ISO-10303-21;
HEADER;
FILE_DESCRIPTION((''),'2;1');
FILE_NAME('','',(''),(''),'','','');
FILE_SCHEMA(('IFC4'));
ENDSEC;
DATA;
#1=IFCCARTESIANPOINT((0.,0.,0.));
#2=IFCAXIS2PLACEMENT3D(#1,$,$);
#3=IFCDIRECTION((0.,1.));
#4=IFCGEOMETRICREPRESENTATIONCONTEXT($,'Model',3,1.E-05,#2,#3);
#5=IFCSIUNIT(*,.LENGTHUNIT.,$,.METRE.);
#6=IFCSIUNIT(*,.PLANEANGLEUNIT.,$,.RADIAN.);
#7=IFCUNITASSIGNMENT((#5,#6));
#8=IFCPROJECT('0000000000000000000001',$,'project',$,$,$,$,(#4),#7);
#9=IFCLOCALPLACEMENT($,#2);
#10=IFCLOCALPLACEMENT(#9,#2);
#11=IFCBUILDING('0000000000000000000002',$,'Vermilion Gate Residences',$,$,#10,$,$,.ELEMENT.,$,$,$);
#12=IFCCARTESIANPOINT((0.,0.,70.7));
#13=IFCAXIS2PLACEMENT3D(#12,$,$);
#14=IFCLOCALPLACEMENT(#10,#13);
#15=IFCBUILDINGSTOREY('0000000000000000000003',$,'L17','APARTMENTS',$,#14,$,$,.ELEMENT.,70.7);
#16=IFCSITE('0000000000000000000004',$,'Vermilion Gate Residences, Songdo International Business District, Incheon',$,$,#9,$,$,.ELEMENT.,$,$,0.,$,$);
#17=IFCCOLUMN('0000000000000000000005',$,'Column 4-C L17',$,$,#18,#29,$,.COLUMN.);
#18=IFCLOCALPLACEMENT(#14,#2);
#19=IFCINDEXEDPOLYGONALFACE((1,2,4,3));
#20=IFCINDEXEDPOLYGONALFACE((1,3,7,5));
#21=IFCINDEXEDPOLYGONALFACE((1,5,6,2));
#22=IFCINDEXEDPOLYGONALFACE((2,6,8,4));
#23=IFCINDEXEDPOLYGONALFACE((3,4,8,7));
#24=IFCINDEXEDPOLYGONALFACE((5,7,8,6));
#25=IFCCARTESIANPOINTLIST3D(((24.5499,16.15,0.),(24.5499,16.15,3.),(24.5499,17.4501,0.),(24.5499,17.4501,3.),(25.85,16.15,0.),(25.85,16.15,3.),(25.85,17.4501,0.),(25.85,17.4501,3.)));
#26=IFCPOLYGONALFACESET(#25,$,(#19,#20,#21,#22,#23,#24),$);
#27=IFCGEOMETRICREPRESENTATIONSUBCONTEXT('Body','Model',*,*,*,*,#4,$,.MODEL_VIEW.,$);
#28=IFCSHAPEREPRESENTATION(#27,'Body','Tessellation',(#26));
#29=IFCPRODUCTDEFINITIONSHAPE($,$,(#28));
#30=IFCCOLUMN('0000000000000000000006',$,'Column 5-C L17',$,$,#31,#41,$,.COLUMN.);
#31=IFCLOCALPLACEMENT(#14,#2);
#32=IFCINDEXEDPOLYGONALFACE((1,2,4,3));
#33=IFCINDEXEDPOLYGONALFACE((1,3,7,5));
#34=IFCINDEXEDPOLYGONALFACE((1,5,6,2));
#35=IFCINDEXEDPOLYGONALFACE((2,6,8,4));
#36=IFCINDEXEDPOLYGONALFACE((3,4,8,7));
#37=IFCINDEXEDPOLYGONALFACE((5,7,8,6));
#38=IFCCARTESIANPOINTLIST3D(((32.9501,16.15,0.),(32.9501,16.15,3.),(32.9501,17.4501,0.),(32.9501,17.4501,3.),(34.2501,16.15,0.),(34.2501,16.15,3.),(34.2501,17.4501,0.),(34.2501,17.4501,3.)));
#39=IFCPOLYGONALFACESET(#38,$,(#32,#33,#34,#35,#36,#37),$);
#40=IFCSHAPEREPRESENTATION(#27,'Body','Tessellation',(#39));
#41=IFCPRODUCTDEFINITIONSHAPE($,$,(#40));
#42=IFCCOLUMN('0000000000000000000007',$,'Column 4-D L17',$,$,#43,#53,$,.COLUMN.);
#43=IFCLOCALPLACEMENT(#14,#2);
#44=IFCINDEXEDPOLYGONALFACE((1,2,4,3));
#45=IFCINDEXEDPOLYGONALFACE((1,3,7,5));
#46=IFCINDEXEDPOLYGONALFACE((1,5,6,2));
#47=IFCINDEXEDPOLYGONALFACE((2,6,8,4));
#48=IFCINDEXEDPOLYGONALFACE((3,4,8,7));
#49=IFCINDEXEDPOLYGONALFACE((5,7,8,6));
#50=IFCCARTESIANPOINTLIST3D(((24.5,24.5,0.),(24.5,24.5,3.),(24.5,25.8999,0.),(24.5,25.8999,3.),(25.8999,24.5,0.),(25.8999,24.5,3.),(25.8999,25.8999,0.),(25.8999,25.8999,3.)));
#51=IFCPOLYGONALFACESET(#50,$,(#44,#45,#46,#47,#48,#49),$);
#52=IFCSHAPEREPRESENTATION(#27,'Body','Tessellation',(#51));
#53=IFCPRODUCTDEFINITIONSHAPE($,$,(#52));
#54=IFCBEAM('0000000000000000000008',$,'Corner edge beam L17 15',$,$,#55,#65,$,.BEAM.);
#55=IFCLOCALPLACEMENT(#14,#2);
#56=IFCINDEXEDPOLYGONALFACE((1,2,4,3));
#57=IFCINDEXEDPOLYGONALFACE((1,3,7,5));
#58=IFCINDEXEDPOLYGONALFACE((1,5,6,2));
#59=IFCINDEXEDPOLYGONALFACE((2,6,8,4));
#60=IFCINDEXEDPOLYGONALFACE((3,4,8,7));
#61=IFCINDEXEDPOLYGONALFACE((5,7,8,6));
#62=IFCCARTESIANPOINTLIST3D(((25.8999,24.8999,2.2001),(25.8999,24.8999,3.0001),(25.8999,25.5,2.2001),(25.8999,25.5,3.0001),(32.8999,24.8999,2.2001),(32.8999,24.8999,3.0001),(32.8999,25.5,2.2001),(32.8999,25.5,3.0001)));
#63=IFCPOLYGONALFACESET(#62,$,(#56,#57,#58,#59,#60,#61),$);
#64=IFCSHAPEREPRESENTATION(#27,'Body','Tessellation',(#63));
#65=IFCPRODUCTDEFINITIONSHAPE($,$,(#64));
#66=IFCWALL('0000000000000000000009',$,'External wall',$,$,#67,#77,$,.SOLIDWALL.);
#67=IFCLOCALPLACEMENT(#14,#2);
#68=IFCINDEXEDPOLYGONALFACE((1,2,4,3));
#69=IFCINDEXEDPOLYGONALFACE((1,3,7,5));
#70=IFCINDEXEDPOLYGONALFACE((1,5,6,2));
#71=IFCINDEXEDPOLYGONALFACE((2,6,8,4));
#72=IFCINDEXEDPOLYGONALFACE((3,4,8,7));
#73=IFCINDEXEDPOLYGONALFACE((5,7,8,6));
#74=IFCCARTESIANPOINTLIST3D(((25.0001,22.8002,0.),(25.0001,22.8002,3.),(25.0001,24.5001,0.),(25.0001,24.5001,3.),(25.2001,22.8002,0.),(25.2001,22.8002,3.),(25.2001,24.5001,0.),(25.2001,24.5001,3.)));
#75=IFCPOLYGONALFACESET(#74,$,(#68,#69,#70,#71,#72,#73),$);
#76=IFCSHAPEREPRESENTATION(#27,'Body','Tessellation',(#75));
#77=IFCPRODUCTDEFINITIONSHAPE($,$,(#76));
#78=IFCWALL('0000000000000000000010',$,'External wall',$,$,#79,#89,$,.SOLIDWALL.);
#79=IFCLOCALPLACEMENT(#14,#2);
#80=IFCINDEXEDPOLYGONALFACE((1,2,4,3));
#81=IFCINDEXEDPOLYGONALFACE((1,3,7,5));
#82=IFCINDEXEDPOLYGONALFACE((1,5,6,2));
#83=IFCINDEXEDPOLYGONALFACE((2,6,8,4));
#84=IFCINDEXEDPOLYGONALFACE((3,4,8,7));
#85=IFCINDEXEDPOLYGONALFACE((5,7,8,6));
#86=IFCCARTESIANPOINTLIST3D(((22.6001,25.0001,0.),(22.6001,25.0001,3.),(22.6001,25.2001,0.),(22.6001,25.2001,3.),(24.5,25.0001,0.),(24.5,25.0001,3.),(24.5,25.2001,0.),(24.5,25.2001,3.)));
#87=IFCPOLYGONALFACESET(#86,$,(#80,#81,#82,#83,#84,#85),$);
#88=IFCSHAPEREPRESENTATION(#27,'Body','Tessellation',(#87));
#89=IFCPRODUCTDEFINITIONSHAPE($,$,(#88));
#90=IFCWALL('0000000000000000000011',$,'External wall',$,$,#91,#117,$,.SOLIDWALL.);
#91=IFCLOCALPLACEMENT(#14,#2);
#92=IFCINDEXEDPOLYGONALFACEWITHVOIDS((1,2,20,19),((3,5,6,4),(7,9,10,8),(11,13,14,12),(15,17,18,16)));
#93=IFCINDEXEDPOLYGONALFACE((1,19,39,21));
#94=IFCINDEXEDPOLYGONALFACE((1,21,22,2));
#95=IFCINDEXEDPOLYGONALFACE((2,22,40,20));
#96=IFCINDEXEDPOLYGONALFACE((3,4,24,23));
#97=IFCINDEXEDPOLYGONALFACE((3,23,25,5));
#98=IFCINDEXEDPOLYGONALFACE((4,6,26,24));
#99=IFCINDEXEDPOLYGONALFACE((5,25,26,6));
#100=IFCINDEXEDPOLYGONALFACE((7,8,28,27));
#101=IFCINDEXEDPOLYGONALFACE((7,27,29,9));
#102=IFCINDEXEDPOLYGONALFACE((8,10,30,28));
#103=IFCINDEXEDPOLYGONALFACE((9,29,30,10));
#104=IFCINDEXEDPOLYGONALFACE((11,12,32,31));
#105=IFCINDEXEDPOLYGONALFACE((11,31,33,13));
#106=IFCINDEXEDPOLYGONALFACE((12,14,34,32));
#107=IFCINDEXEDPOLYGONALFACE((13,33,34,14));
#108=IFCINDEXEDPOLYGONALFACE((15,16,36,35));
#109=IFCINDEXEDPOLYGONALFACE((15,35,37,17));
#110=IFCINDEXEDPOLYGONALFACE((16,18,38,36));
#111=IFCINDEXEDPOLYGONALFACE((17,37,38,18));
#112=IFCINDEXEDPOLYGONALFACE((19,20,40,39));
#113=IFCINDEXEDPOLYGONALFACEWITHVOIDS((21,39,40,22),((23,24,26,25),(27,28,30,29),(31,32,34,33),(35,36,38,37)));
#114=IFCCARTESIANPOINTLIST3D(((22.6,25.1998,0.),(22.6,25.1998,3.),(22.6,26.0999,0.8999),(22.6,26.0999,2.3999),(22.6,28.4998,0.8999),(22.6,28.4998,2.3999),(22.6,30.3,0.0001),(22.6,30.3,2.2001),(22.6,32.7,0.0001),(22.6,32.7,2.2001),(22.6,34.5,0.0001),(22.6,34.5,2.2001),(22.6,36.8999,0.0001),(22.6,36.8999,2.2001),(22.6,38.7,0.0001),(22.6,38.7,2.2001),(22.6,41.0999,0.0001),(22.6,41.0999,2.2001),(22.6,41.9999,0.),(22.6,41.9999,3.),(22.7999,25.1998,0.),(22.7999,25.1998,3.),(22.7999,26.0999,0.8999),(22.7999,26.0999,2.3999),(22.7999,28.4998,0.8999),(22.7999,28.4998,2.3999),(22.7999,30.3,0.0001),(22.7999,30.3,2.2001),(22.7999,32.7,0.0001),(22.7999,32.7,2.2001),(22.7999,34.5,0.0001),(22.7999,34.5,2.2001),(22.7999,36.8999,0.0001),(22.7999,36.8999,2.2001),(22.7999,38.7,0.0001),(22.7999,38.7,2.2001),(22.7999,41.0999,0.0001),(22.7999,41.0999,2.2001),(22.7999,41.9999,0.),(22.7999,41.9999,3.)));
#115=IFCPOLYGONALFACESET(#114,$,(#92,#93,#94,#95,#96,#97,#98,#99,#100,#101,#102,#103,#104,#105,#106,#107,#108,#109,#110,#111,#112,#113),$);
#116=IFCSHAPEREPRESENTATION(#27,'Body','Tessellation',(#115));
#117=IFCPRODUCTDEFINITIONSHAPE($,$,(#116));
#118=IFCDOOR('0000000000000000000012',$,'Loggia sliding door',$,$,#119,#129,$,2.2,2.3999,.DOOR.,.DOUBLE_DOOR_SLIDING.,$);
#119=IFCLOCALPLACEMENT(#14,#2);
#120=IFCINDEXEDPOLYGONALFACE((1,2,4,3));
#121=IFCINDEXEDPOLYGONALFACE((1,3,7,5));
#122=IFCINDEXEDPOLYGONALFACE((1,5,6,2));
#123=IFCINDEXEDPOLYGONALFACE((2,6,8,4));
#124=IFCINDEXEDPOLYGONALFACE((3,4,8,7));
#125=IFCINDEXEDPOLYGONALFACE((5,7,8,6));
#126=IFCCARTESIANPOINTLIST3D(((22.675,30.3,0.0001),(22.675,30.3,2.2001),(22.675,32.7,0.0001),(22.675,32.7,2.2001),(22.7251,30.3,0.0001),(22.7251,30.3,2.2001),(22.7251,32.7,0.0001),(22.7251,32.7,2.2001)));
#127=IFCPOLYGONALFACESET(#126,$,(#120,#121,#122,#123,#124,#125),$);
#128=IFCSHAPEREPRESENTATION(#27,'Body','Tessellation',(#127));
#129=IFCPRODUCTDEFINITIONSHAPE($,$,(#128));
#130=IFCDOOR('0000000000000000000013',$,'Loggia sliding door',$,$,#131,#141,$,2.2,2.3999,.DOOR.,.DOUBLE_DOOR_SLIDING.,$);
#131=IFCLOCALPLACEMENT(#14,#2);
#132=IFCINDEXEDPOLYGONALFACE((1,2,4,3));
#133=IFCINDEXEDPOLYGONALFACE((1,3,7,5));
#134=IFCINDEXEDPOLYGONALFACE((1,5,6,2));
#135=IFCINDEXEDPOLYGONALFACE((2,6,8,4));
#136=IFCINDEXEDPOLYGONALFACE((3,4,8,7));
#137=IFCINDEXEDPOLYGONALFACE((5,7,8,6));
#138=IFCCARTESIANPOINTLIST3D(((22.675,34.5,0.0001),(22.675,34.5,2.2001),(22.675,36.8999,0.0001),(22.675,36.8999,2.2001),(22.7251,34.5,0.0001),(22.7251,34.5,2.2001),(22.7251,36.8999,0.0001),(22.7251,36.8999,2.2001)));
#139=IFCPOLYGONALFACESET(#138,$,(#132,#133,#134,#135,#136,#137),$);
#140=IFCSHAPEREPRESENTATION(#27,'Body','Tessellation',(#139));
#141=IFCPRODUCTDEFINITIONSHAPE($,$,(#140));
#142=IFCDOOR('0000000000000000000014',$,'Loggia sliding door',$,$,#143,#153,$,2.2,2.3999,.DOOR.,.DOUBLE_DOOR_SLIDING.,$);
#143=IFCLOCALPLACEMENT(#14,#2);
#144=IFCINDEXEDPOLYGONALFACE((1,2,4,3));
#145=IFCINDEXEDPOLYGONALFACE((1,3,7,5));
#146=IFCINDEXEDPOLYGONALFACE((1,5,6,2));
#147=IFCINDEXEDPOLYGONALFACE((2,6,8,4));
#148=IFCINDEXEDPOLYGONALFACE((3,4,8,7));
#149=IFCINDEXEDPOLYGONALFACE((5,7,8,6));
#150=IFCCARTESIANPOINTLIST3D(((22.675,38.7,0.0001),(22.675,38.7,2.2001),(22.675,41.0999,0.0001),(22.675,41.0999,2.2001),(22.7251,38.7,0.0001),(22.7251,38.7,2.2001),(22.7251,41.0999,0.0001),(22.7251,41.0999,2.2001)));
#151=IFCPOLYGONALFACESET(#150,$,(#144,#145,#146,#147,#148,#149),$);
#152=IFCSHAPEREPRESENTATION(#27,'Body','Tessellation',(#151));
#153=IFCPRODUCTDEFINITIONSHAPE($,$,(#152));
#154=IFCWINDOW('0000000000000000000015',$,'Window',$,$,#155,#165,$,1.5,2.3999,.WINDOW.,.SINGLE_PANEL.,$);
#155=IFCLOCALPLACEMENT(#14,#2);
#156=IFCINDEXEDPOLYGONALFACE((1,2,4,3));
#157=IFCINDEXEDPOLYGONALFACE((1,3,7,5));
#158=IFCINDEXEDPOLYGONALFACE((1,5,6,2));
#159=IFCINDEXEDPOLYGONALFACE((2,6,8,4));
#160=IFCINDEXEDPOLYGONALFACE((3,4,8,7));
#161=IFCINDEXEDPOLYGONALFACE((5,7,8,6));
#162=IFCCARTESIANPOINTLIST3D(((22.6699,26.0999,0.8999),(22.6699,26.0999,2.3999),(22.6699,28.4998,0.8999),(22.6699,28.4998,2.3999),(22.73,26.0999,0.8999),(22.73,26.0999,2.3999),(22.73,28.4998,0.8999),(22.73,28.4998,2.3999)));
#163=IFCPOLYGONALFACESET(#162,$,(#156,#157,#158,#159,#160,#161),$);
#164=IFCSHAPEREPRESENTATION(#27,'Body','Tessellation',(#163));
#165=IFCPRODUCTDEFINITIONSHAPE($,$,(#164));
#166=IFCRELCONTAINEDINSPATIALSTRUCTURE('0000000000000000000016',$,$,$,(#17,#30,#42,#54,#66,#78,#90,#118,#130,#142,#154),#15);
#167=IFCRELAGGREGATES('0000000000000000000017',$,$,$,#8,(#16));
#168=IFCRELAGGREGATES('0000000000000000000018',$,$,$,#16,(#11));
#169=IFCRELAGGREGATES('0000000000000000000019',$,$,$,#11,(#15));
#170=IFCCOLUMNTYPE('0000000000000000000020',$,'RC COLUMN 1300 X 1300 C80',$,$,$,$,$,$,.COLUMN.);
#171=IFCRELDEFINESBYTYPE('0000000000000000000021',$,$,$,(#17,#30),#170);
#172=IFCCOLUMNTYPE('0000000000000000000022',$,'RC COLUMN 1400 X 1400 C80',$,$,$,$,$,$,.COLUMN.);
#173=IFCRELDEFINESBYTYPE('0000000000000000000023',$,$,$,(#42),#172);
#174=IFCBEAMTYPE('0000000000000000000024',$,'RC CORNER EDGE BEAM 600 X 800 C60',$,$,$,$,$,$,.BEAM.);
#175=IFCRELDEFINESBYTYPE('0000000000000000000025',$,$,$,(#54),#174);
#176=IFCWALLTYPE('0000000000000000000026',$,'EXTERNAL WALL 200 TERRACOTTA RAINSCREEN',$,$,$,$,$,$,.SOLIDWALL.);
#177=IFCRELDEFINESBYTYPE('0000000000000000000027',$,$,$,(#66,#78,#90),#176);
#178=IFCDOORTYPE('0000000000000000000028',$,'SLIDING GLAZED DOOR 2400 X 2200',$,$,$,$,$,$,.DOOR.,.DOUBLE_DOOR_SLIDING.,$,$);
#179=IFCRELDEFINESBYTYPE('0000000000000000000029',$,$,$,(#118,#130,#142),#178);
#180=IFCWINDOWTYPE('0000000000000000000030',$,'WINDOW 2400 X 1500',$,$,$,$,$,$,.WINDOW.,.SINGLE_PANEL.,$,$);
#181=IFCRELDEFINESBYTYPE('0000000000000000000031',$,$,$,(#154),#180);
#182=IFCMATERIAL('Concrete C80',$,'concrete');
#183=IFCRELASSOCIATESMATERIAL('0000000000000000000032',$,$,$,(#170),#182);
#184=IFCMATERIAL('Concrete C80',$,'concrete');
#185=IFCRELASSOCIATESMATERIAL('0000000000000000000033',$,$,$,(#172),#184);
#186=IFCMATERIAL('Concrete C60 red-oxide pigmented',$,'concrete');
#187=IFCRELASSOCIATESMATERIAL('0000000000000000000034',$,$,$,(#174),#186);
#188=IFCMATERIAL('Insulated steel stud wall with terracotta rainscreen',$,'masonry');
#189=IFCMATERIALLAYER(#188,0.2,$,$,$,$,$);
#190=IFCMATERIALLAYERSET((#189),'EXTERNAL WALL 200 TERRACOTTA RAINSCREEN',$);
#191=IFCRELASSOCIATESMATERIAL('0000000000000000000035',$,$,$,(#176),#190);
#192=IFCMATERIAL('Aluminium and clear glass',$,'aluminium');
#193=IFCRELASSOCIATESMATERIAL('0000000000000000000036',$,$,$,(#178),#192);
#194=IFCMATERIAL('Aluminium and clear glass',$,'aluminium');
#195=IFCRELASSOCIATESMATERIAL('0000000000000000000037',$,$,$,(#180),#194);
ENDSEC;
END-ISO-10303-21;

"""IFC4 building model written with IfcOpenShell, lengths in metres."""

from ifc_helpers import new_model, si_unit, direction, frame, frame_2d, origin, origin_2d, place, context, subcontext, project, spatial, rectangle, extrude, material, layer, layer_set, material_profile, profile_set, type_object, element, fill, save


model = new_model("IFC4")

# Units and contexts
model_context = context("Model", 3, precision=1e-05, world=origin(), true_north=direction((0.0, 1.0)))
body_context = subcontext(model_context, "Body", "Model", "MODEL_VIEW")
ifc_project = project(units=[si_unit("LENGTHUNIT", "METRE"), si_unit("PLANEANGLEUNIT", "RADIAN")], contexts=[model_context])

# Site, building, storey
site_placement = place(None, origin())
site = spatial("IfcSite", under=ifc_project, at=site_placement, Name="Vermilion Gate Residences, Songdo International Business District, Incheon", CompositionType="ELEMENT", RefElevation=0.0)
building_placement = place(site_placement, origin())
building = spatial("IfcBuilding", under=site, at=building_placement, Name="Vermilion Gate Residences", CompositionType="ELEMENT")
storey_placement = place(building_placement, frame((0.0, 0.0, 70.7)))
storey = spatial("IfcBuildingStorey", under=building, at=storey_placement, Name="L17", Description="APARTMENTS", CompositionType="ELEMENT", Elevation=70.7)

# Columns
ifc_material_1 = material(Name="Concrete C80", Category="concrete")
ifc_material_profile_1 = material_profile(ifc_material_1, rectangle(XDim=1.3, YDim=1.3, at=origin_2d()), Name="RC-1300x1300")
ifc_profile_set_1 = profile_set([ifc_material_profile_1], Name="Concrete C80")
column_type_1 = type_object("IfcColumnType", Name="RC COLUMN 1300 X 1300 C80", PredefinedType="COLUMN", material=ifc_profile_set_1)
for number, where, z_axis, x_axis, name in (
    (1, (25.2, 16.8, 0.0), (0.0, 0.0, 1.0), (1.0, 0.0, 0.0), "Column 4-C L17"),
    (2, (33.6001, 16.8, 0.0), (0.0, 0.0, 1.0), (1.0, 0.0, 0.0), "Column 5-C L17"),
):
    element("IfcColumn", number, at=place(storey_placement, frame(where, z_axis=z_axis, x_axis=x_axis)), inside=storey, type_object=column_type_1, Name=name, PredefinedType="COLUMN", context=body_context, shape_type="SweptSolid", body=[
        extrude(rectangle(XDim=1.3, YDim=1.3, at=origin_2d()), origin(), (0.0, 0.0, 1.0), 3.0),
    ])
ifc_material_2 = material(Name="Concrete C80", Category="concrete")
ifc_material_profile_2 = material_profile(ifc_material_2, rectangle(XDim=1.3999, YDim=1.3999, at=origin_2d()), Name="RC-1400x1400")
ifc_profile_set_2 = profile_set([ifc_material_profile_2], Name="Concrete C80")
column_type_2 = type_object("IfcColumnType", Name="RC COLUMN 1400 X 1400 C80", PredefinedType="COLUMN", material=ifc_profile_set_2)
column_placement = place(storey_placement, frame((25.2, 25.2, 0.0), z_axis=(0.0, 0.0, 1.0), x_axis=(1.0, 0.0, 0.0)))
element("IfcColumn", 3, at=column_placement, inside=storey, type_object=column_type_2, Name="Column 4-D L17", PredefinedType="COLUMN", context=body_context, shape_type="SweptSolid", body=[
    extrude(rectangle(XDim=1.3999, YDim=1.3999, at=origin_2d()), origin(), (0.0, 0.0, 1.0), 3.0),
])

# Beam
ifc_material_3 = material(Name="Concrete C60 red-oxide pigmented", Category="concrete")
ifc_material_profile_3 = material_profile(ifc_material_3, rectangle(XDim=0.6001, YDim=0.8, at=origin_2d()), Name="RC-600x800")
ifc_profile_set_3 = profile_set([ifc_material_profile_3], Name="Concrete C60 red-oxide pigmented")
beam_type = type_object("IfcBeamType", Name="RC CORNER EDGE BEAM 600 X 800 C60", PredefinedType="BEAM", material=ifc_profile_set_3)
beam_placement = place(storey_placement, frame((25.8999, 25.2, 2.6001), z_axis=(1.0, 0.0, 0.0), x_axis=(0.0, 1.0, 0.0)))
element("IfcBeam", 4, at=beam_placement, inside=storey, type_object=beam_type, Name="Corner edge beam L17 15", PredefinedType="BEAM", context=body_context, shape_type="SweptSolid", body=[
    extrude(rectangle(XDim=0.6001, YDim=0.8, at=origin_2d()), origin(), (0.0, 0.0, 1.0), 7.0),
])

# Walls
ifc_material_4 = material(Name="Insulated steel stud wall with terracotta rainscreen", Category="masonry")
ifc_layer_1 = layer(ifc_material_4, 0.2)
ifc_layer_set_1 = layer_set([ifc_layer_1], Name="EXTERNAL WALL 200 TERRACOTTA RAINSCREEN")
wall_type_1 = type_object("IfcWallType", Name="EXTERNAL WALL 200 TERRACOTTA RAINSCREEN", PredefinedType="SOLIDWALL", material=ifc_layer_set_1)
wall_1_placement = place(storey_placement, frame((25.1001, 22.8, 0.0), z_axis=(0.0, 0.0, 1.0), x_axis=(0.0, 1.0, 0.0)))
element("IfcWall", 5, at=wall_1_placement, inside=storey, type_object=wall_type_1, Name="External wall", PredefinedType="SOLIDWALL", context=body_context, shape_type="SweptSolid", body=[
    extrude(rectangle(XDim=1.7, YDim=0.2, at=frame_2d((0.8501, 0.0))), origin(), (0.0, 0.0, 1.0), 3.0),
])
wall_2_placement = place(storey_placement, frame((24.5, 25.1001, 0.0), z_axis=(0.0, 0.0, 1.0), x_axis=(-1.0, 0.0, 0.0)))
element("IfcWall", 6, at=wall_2_placement, inside=storey, type_object=wall_type_1, Name="External wall", PredefinedType="SOLIDWALL", context=body_context, shape_type="SweptSolid", body=[
    extrude(rectangle(XDim=1.8999, YDim=0.2, at=frame_2d((0.95, 0.0))), origin(), (0.0, 0.0, 1.0), 3.0),
])

# Wall, openings, doors, window
wall_3_placement = place(storey_placement, frame((22.7, 25.2, 0.0), z_axis=(0.0, 0.0, 1.0), x_axis=(0.0, 1.0, 0.0)))
wall_3 = element("IfcWall", 7, at=wall_3_placement, inside=storey, type_object=wall_type_1, Name="External wall", PredefinedType="SOLIDWALL", context=body_context, shape_type="SweptSolid", body=[
    extrude(rectangle(XDim=16.8, YDim=0.2, at=frame_2d((8.3999, 0.0))), origin(), (0.0, 0.0, 1.0), 3.0),
])
opening_1_placement = place(wall_3_placement, frame((0.8999, 0.0, 0.8999)))
opening_1 = element("IfcOpeningElement", 8, at=opening_1_placement, cuts=wall_3, PredefinedType="OPENING", context=body_context, shape_type="SweptSolid", body=[
    extrude(rectangle(XDim=2.3999, YDim=1.5, at=frame_2d((1.2, 0.75))), frame((0.0, 0.1099, 0.0), z_axis=(0.0, -1.0, 0.0), x_axis=(1.0, 0.0, 0.0)), (0.0, 0.0, 1.0), 0.22),
])
opening_2_placement = place(wall_3_placement, frame((5.1001, 0.0, 0.0)))
opening_2 = element("IfcOpeningElement", 9, at=opening_2_placement, cuts=wall_3, PredefinedType="OPENING", context=body_context, shape_type="SweptSolid", body=[
    extrude(rectangle(XDim=2.3999, YDim=2.2, at=frame_2d((1.2, 1.1001))), frame((0.0, 0.1099, 0.0), z_axis=(0.0, -1.0, 0.0), x_axis=(1.0, 0.0, 0.0)), (0.0, 0.0, 1.0), 0.22),
])
opening_3_placement = place(wall_3_placement, frame((9.3, 0.0, 0.0)))
opening_3 = element("IfcOpeningElement", 10, at=opening_3_placement, cuts=wall_3, PredefinedType="OPENING", context=body_context, shape_type="SweptSolid", body=[
    extrude(rectangle(XDim=2.3999, YDim=2.2, at=frame_2d((1.2, 1.1001))), frame((0.0, 0.1099, 0.0), z_axis=(0.0, -1.0, 0.0), x_axis=(1.0, 0.0, 0.0)), (0.0, 0.0, 1.0), 0.22),
])
opening_4_placement = place(wall_3_placement, frame((13.5, 0.0, 0.0)))
opening_4 = element("IfcOpeningElement", 11, at=opening_4_placement, cuts=wall_3, PredefinedType="OPENING", context=body_context, shape_type="SweptSolid", body=[
    extrude(rectangle(XDim=2.3999, YDim=2.2, at=frame_2d((1.2, 1.1001))), frame((0.0, 0.1099, 0.0), z_axis=(0.0, -1.0, 0.0), x_axis=(1.0, 0.0, 0.0)), (0.0, 0.0, 1.0), 0.22),
])
ifc_material_5 = material(Name="Aluminium and clear glass", Category="aluminium")
door_type_1 = type_object("IfcDoorType", Name="SLIDING GLAZED DOOR 2400 X 2200", OperationType="DOUBLE_DOOR_SLIDING", PredefinedType="DOOR", material=ifc_material_5)
door_1_placement = place(opening_2_placement, origin())
door_1 = element("IfcDoor", 12, at=door_1_placement, inside=storey, type_object=door_type_1, Name="Loggia sliding door", OperationType="DOUBLE_DOOR_SLIDING", OverallHeight=2.2, OverallWidth=2.3999, PredefinedType="DOOR", context=body_context, shape_type="SweptSolid", body=[
    extrude(rectangle(XDim=2.3999, YDim=2.2, at=frame_2d((1.2, 1.1001))), frame((0.0, 0.0249, 0.0), z_axis=(0.0, -1.0, 0.0), x_axis=(1.0, 0.0, 0.0)), (0.0, 0.0, 1.0), 0.05),
])
fill(opening_2, door_1)
door_2_placement = place(opening_3_placement, origin())
door_2 = element("IfcDoor", 13, at=door_2_placement, inside=storey, type_object=door_type_1, Name="Loggia sliding door", OperationType="DOUBLE_DOOR_SLIDING", OverallHeight=2.2, OverallWidth=2.3999, PredefinedType="DOOR", context=body_context, shape_type="SweptSolid", body=[
    extrude(rectangle(XDim=2.3999, YDim=2.2, at=frame_2d((1.2, 1.1001))), frame((0.0, 0.0249, 0.0), z_axis=(0.0, -1.0, 0.0), x_axis=(1.0, 0.0, 0.0)), (0.0, 0.0, 1.0), 0.05),
])
fill(opening_3, door_2)
door_3_placement = place(opening_4_placement, origin())
door_3 = element("IfcDoor", 14, at=door_3_placement, inside=storey, type_object=door_type_1, Name="Loggia sliding door", OperationType="DOUBLE_DOOR_SLIDING", OverallHeight=2.2, OverallWidth=2.3999, PredefinedType="DOOR", context=body_context, shape_type="SweptSolid", body=[
    extrude(rectangle(XDim=2.3999, YDim=2.2, at=frame_2d((1.2, 1.1001))), frame((0.0, 0.0249, 0.0), z_axis=(0.0, -1.0, 0.0), x_axis=(1.0, 0.0, 0.0)), (0.0, 0.0, 1.0), 0.05),
])
fill(opening_4, door_3)
ifc_material_6 = material(Name="Aluminium and clear glass", Category="aluminium")
window_type = type_object("IfcWindowType", Name="WINDOW 2400 X 1500", PartitioningType="SINGLE_PANEL", PredefinedType="WINDOW", material=ifc_material_6)
window_placement = place(opening_1_placement, origin())
window = element("IfcWindow", 15, at=window_placement, inside=storey, type_object=window_type, Name="Window", OverallHeight=1.5, OverallWidth=2.3999, PartitioningType="SINGLE_PANEL", PredefinedType="WINDOW", context=body_context, shape_type="SweptSolid", body=[
    extrude(rectangle(XDim=2.3999, YDim=1.5, at=frame_2d((1.2, 0.75))), frame((0.0, 0.03, 0.0), z_axis=(0.0, -1.0, 0.0), x_axis=(1.0, 0.0, 0.0)), (0.0, 0.0, 1.0), 0.0601),
])
fill(opening_1, window)

save(model, "model.ifc")
